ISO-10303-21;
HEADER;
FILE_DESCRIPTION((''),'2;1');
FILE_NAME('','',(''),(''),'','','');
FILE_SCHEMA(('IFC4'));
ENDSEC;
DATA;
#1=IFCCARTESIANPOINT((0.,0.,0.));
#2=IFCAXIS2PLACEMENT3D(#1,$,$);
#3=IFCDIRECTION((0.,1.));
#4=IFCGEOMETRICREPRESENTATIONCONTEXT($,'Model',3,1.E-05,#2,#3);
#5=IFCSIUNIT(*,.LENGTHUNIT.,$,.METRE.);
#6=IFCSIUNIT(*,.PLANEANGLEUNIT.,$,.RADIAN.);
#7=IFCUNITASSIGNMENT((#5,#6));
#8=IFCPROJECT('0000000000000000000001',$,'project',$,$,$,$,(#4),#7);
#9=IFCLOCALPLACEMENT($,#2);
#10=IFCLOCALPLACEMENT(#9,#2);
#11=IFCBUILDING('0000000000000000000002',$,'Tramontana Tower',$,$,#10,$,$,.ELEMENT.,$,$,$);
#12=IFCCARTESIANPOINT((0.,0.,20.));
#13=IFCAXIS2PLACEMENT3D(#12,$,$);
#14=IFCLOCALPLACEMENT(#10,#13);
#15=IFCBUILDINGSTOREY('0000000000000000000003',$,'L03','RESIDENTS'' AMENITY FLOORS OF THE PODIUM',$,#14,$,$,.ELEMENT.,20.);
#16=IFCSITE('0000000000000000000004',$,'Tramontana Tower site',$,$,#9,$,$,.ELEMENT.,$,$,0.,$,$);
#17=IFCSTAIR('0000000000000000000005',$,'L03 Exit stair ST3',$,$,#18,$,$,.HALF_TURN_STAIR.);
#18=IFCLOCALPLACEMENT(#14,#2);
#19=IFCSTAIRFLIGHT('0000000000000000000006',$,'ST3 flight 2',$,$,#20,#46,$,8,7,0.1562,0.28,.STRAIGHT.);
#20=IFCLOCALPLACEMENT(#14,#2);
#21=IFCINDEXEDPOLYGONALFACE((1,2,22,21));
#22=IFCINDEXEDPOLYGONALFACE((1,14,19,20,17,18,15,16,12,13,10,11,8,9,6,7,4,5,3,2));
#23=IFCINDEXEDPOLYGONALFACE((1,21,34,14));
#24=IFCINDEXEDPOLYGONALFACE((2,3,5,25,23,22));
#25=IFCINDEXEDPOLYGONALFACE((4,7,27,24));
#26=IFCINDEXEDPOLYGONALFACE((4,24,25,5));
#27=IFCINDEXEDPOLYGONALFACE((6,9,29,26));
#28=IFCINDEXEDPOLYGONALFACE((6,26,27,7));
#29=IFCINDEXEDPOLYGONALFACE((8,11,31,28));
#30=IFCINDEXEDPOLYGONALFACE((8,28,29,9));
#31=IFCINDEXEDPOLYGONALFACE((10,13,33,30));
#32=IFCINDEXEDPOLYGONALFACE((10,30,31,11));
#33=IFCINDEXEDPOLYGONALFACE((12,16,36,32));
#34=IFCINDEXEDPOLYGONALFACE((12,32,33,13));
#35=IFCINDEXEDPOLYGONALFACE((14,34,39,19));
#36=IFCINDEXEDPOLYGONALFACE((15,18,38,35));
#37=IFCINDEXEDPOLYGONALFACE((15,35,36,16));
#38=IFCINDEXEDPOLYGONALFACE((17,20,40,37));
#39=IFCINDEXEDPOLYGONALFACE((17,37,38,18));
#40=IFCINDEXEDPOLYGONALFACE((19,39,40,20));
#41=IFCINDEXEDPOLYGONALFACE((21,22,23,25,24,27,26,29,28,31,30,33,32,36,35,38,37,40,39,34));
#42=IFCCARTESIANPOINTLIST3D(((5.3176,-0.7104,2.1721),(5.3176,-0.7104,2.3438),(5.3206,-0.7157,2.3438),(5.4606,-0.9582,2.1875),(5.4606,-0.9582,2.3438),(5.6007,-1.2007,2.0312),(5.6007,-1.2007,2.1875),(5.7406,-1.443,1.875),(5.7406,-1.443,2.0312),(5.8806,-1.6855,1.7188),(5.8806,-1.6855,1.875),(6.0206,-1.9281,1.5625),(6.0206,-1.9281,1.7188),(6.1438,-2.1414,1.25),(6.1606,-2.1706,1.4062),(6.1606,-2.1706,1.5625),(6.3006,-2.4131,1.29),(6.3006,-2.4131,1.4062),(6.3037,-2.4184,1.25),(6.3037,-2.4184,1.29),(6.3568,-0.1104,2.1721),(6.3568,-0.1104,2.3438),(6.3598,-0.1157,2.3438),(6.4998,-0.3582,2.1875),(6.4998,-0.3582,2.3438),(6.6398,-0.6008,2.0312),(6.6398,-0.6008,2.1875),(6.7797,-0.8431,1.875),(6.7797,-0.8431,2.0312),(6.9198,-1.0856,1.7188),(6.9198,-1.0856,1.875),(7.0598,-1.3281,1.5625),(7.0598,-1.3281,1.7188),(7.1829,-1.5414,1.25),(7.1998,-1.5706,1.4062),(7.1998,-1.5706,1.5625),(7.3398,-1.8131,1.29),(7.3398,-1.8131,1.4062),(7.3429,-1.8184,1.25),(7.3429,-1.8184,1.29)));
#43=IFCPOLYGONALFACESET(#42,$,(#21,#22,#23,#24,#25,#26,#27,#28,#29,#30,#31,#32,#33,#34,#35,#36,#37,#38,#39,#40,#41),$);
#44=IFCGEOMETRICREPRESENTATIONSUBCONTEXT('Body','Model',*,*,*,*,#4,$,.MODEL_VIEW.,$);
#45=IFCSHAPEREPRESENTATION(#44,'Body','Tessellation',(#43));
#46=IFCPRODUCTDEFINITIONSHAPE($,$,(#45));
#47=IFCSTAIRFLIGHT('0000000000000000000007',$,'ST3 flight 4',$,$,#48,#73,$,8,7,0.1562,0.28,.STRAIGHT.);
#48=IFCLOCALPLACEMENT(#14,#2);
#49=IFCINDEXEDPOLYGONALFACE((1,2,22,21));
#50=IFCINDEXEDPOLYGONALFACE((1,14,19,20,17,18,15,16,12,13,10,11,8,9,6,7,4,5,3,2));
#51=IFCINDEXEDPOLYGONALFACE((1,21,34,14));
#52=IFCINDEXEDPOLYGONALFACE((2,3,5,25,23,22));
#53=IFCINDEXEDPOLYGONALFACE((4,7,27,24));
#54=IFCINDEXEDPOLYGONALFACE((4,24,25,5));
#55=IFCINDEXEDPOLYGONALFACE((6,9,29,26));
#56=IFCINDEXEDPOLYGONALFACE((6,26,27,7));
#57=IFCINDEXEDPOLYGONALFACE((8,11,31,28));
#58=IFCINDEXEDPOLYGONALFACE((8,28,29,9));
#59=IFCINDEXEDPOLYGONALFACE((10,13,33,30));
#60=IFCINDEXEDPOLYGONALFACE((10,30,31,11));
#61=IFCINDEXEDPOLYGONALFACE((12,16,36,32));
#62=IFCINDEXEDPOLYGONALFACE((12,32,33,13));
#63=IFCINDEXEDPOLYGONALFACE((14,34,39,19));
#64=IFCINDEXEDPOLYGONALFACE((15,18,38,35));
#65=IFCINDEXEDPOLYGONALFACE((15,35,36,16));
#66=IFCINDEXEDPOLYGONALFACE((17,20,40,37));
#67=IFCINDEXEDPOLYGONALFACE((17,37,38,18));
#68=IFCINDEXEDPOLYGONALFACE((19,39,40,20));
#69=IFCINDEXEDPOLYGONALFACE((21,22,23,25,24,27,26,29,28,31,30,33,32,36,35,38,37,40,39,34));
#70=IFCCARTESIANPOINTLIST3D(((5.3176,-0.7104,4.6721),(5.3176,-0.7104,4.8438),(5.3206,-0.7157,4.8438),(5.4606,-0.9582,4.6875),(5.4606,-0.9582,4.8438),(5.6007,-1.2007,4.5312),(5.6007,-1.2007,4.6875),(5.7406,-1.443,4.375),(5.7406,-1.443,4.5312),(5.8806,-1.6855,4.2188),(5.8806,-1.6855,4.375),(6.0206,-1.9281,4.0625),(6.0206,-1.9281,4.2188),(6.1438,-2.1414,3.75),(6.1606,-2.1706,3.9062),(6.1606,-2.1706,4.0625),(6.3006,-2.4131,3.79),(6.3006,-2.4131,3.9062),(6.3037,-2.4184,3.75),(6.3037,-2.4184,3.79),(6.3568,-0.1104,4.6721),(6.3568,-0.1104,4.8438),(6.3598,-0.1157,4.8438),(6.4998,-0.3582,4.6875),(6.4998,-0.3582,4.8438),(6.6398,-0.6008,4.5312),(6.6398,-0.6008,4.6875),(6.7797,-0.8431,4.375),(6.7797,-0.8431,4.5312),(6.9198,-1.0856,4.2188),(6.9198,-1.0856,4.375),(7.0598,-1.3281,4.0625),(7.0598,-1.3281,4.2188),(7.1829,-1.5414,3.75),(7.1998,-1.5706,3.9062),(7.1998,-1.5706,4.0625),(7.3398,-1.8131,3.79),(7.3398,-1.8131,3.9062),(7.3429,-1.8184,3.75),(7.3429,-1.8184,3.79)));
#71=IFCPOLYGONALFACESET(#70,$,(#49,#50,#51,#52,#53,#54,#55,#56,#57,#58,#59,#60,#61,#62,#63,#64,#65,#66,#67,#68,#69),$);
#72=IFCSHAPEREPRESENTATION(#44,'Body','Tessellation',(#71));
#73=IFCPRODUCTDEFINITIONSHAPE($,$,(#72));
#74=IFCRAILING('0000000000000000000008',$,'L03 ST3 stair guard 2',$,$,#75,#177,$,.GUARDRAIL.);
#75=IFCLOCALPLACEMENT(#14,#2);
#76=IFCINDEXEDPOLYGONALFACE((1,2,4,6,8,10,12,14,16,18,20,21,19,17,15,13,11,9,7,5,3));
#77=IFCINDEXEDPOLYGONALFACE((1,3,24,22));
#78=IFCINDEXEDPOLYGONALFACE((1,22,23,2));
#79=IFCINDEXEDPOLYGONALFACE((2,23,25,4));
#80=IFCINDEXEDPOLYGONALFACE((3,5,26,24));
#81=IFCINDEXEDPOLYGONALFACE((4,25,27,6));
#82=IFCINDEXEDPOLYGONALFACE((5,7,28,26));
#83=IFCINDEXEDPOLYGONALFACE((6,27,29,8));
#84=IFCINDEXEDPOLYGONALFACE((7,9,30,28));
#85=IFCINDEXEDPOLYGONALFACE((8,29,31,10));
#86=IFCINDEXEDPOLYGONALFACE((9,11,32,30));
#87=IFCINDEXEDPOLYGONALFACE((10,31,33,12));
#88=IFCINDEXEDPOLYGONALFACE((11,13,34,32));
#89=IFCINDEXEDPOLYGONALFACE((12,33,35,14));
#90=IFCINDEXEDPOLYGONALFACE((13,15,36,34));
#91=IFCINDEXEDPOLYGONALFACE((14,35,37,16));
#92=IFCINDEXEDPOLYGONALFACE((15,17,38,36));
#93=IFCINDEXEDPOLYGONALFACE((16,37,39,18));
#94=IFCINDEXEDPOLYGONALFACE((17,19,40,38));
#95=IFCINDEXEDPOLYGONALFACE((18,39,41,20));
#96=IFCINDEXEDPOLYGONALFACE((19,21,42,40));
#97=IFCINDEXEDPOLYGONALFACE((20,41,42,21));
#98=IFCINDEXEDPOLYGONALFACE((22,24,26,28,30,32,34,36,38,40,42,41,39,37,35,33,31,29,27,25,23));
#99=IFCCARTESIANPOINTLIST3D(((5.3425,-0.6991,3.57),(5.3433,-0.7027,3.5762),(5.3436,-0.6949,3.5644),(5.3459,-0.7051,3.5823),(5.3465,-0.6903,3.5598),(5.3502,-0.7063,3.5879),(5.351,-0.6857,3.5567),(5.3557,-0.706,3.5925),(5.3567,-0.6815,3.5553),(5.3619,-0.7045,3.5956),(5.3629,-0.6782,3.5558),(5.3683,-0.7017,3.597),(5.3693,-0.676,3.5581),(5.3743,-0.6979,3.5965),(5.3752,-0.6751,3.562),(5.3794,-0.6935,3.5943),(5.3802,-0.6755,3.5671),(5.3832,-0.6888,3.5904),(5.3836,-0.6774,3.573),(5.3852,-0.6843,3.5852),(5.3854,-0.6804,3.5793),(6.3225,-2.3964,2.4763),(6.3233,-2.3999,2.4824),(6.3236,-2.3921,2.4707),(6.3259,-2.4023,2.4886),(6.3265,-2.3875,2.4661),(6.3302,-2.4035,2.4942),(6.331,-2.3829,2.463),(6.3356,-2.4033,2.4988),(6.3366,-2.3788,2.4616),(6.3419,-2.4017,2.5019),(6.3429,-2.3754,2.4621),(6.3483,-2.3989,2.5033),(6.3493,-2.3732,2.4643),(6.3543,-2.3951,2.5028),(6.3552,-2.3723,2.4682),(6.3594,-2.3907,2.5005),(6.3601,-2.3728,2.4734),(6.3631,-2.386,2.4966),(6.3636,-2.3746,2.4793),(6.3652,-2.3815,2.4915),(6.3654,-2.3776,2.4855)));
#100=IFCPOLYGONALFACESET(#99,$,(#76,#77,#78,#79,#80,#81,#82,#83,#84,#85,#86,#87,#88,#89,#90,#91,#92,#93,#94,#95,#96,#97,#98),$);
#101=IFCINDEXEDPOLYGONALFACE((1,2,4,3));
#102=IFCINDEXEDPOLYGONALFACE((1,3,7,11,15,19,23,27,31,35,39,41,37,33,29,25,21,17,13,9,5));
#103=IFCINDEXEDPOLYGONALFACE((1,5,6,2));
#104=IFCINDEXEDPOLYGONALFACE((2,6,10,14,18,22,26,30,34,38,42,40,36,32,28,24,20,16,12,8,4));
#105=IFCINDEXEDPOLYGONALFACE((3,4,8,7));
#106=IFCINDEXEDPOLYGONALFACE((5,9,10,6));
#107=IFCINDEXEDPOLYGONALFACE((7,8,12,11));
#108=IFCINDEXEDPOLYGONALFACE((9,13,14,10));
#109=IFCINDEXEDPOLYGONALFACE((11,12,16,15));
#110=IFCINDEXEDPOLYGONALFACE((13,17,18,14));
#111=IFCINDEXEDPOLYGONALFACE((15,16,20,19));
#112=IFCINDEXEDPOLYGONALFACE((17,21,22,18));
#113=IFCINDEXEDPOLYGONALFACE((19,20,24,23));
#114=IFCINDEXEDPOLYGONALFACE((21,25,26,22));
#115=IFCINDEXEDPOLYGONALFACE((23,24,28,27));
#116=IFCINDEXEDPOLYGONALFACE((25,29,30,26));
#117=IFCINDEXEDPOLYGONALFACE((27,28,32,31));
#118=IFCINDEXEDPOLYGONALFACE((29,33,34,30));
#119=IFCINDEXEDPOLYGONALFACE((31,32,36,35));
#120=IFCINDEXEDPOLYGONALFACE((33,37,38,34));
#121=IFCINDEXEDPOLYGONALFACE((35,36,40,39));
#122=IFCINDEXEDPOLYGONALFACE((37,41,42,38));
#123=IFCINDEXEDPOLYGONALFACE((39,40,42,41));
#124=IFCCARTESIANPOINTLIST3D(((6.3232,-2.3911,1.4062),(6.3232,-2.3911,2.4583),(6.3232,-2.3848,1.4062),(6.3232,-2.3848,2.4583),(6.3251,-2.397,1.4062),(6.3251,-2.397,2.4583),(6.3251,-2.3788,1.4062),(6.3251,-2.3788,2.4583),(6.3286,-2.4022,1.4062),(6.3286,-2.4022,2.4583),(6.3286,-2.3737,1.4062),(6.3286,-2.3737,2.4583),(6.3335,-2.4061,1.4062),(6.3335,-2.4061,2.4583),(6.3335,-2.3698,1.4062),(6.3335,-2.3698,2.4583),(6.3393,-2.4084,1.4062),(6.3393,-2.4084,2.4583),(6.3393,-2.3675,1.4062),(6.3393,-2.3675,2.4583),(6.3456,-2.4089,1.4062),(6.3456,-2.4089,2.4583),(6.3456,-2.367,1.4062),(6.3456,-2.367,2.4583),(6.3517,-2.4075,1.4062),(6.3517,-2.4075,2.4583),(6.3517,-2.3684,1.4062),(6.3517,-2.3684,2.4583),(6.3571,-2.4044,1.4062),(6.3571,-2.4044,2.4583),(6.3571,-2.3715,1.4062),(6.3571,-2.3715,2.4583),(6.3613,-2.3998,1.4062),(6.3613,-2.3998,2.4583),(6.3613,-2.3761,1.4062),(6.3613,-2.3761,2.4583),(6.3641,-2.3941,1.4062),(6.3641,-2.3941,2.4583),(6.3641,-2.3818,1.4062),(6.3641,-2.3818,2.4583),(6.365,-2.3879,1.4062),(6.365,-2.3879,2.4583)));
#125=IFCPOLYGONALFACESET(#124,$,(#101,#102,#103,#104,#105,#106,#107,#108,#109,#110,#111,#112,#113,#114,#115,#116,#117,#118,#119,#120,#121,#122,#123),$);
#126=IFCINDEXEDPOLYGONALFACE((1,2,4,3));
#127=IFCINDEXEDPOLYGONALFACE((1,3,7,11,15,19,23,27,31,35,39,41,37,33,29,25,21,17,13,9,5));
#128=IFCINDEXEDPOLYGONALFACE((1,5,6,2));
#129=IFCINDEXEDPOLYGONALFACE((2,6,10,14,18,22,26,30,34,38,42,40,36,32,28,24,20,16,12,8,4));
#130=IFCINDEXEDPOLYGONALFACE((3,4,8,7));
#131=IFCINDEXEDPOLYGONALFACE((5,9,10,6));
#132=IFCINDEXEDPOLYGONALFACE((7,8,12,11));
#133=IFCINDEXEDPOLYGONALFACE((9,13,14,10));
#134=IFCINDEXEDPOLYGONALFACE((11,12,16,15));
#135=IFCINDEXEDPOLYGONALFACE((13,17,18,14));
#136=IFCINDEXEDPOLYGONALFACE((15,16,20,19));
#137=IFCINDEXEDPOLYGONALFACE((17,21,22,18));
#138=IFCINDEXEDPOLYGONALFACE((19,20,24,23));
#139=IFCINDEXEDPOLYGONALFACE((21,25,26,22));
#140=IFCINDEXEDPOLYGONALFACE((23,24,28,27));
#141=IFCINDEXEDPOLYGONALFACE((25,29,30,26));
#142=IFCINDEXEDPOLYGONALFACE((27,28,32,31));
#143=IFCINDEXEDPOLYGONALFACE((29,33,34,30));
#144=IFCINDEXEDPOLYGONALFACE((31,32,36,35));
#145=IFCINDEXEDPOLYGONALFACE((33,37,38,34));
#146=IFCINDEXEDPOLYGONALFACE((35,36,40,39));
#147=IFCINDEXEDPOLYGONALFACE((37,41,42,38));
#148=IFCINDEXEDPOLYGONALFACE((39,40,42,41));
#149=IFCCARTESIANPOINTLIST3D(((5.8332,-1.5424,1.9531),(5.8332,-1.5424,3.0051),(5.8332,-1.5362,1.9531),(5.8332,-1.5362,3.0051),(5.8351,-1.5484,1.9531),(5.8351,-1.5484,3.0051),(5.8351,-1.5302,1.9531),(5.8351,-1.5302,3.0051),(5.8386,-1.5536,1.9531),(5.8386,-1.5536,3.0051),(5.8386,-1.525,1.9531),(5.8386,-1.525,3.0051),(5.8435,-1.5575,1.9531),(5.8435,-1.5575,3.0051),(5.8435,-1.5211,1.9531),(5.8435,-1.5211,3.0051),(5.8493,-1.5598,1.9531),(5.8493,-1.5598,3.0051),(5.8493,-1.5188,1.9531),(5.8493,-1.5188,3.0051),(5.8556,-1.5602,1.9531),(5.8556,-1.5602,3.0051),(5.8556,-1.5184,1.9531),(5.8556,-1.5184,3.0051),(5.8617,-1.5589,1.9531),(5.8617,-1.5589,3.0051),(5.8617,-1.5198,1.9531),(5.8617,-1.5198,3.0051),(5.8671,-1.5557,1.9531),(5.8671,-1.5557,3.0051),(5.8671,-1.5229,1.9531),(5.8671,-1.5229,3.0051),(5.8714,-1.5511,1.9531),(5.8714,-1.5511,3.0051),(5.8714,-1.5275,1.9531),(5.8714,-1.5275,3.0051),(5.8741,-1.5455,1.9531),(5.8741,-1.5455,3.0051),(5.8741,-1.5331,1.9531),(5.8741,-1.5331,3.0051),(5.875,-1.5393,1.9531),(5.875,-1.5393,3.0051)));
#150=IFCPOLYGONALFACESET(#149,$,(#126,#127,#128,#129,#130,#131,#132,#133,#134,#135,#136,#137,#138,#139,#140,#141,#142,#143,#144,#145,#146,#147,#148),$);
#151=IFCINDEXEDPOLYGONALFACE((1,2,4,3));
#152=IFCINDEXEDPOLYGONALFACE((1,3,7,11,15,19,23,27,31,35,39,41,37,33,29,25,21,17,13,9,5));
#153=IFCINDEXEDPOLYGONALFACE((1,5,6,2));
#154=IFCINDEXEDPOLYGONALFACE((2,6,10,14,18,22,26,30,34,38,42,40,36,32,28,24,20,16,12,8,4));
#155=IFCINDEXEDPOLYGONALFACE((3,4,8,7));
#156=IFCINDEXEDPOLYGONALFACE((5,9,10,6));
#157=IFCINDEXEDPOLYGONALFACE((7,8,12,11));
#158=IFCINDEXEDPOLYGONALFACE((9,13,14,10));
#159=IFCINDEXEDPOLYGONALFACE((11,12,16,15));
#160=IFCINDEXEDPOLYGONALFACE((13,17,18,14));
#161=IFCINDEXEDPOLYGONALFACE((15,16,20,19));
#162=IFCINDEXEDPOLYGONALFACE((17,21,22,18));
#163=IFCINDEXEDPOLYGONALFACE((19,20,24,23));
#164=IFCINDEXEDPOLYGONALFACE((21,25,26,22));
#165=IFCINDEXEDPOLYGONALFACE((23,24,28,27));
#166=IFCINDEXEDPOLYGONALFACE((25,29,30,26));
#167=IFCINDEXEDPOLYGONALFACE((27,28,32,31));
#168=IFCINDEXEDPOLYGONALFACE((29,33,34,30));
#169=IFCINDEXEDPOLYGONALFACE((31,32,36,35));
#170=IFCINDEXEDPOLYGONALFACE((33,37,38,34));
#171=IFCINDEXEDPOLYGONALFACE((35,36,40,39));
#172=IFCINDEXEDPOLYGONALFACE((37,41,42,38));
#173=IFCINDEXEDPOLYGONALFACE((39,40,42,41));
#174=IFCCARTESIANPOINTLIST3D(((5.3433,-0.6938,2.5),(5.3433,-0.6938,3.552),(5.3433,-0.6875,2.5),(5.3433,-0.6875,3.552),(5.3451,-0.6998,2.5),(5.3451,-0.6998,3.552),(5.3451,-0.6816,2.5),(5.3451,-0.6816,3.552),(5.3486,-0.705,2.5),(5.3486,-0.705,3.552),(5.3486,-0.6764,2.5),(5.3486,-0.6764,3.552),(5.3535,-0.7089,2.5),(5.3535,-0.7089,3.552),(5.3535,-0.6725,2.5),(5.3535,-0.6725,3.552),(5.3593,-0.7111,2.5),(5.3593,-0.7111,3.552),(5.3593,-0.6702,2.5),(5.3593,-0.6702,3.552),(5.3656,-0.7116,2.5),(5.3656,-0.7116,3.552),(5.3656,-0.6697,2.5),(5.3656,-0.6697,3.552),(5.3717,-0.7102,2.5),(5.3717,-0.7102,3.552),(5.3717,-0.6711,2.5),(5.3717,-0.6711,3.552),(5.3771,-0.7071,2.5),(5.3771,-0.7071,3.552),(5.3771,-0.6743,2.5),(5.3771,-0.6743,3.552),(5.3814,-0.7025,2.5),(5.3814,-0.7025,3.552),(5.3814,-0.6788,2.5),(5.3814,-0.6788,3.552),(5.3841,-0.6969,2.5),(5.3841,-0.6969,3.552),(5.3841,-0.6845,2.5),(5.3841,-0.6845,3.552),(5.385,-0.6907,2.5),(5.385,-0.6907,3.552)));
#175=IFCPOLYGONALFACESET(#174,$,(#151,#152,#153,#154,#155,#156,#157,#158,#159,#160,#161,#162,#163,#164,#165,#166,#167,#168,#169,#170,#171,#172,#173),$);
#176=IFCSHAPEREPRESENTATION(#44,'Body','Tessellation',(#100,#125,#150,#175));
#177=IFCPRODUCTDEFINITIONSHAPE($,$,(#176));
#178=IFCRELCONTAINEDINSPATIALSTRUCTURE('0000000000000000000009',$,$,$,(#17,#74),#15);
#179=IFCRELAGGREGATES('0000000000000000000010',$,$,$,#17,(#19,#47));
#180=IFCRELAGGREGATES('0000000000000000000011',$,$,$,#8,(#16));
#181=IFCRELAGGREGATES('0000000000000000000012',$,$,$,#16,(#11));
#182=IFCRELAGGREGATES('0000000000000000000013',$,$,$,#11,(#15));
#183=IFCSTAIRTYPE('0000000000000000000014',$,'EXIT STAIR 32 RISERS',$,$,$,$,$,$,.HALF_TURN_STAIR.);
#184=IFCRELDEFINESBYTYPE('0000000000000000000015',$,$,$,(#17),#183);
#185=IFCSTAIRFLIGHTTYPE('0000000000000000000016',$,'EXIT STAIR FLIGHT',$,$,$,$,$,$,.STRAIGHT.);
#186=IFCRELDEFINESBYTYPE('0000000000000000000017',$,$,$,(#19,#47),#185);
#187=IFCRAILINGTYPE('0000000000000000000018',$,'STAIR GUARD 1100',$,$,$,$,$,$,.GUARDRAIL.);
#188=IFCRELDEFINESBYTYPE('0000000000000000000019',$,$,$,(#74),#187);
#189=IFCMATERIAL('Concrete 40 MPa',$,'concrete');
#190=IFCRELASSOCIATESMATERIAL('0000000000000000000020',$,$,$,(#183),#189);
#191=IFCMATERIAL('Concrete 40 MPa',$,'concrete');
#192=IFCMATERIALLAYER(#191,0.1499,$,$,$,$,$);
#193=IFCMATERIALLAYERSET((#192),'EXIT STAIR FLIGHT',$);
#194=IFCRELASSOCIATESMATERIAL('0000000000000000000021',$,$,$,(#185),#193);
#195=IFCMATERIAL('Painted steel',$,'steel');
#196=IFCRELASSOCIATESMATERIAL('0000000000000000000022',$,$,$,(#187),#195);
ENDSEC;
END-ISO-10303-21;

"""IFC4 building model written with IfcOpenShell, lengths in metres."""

from ifc_helpers import new_model, si_unit, direction, frame, origin, origin_2d, place, context, subcontext, project, spatial, polyline, circle, outline, extrude, material, layer, layer_set, type_object, element, aggregate, save


model = new_model("IFC4")

# Units and contexts
model_context = context("Model", 3, precision=1e-05, world=origin(), true_north=direction((0.0, 1.0)))
body_context = subcontext(model_context, "Body", "Model", "MODEL_VIEW")
ifc_project = project(units=[si_unit("LENGTHUNIT", "METRE"), si_unit("PLANEANGLEUNIT", "RADIAN")], contexts=[model_context])

# Site, building, storey
site_placement = place(None, origin())
site = spatial("IfcSite", under=ifc_project, at=site_placement, Name="Tramontana Tower site", CompositionType="ELEMENT", RefElevation=0.0)
building_placement = place(site_placement, origin())
building = spatial("IfcBuilding", under=site, at=building_placement, Name="Tramontana Tower", CompositionType="ELEMENT")
storey_placement = place(building_placement, frame((0.0, 0.0, 20.0)))
storey = spatial("IfcBuildingStorey", under=building, at=storey_placement, Name="L03", Description="RESIDENTS' AMENITY FLOORS OF THE PODIUM", CompositionType="ELEMENT", Elevation=20.0)

# Stair, stair flights
ifc_material_1 = material(Name="Concrete 40 MPa", Category="concrete")
stair_type = type_object("IfcStairType", Name="EXIT STAIR 32 RISERS", PredefinedType="HALF_TURN_STAIR", material=ifc_material_1)
stair_placement = place(storey_placement, origin())
stair = element("IfcStair", 1, at=stair_placement, inside=storey, type_object=stair_type, Name="L03 Exit stair ST3", PredefinedType="HALF_TURN_STAIR")
ifc_material_2 = material(Name="Concrete 40 MPa", Category="concrete")
ifc_layer_1 = layer(ifc_material_2, 0.1499)
ifc_layer_set_1 = layer_set([ifc_layer_1], Name="EXIT STAIR FLIGHT")
stair_flight_type = type_object("IfcStairFlightType", Name="EXIT STAIR FLIGHT", PredefinedType="STRAIGHT", material=ifc_layer_set_1)
stair_flight_1_placement = place(storey_placement, frame((6.8203, -2.113, 1.25), z_axis=(0.0, 0.0, 1.0), x_axis=(-0.5, 0.866025, 0.0)))
stair_flight_1 = element("IfcStairFlight", 2, at=stair_flight_1_placement, type_object=stair_flight_type, Name="ST3 flight 2", NumberOfRisers=8, NumberOfTreads=7, PredefinedType="STRAIGHT", RiserHeight=0.1562, TreadLength=0.28, context=body_context, shape_type="SweptSolid", body=[
    extrude(outline(polyline([(-0.0061, 0.0), (-0.0061, 0.04), (0.0, 0.04), (0.0, 0.1562), (0.28, 0.1562), (0.28, 0.3125), (0.5601, 0.3125), (0.5601, 0.4688), (0.8401, 0.4688), (0.8401, 0.625), (1.1201, 0.625), (1.1201, 0.7812), (1.3999, 0.7812), (1.3999, 0.9375), (1.6799, 0.9375), (1.6799, 1.0938), (1.96, 1.0938), (1.9661, 1.0938), (1.9661, 0.9221), (0.3137, 0.0), (-0.0061, 0.0)])), frame((0.0, 0.6001, 0.0), z_axis=(0.0, -1.0, 0.0), x_axis=(1.0, 0.0, 0.0)), (0.0, 0.0, 1.0), 1.2),
])
stair_flight_2_placement = place(storey_placement, frame((6.8203, -2.113, 3.75), z_axis=(0.0, 0.0, 1.0), x_axis=(-0.5, 0.866025, 0.0)))
stair_flight_2 = element("IfcStairFlight", 3, at=stair_flight_2_placement, type_object=stair_flight_type, Name="ST3 flight 4", NumberOfRisers=8, NumberOfTreads=7, PredefinedType="STRAIGHT", RiserHeight=0.1562, TreadLength=0.28, context=body_context, shape_type="SweptSolid", body=[
    extrude(outline(polyline([(-0.0061, 0.0), (-0.0061, 0.04), (0.0, 0.04), (0.0, 0.1562), (0.28, 0.1562), (0.28, 0.3125), (0.5601, 0.3125), (0.5601, 0.4688), (0.8401, 0.4688), (0.8401, 0.625), (1.1201, 0.625), (1.1201, 0.7812), (1.3999, 0.7812), (1.3999, 0.9375), (1.6799, 0.9375), (1.6799, 1.0938), (1.96, 1.0938), (1.9661, 1.0938), (1.9661, 0.9221), (0.3137, 0.0), (-0.0061, 0.0)])), frame((0.0, 0.6001, 0.0), z_axis=(0.0, -1.0, 0.0), x_axis=(1.0, 0.0, 0.0)), (0.0, 0.0, 1.0), 1.2),
])
aggregate(stair, [stair_flight_1, stair_flight_2])

# Railing
ifc_material_3 = material(Name="Painted steel", Category="steel")
railing_type_1 = type_object("IfcRailingType", Name="STAIR GUARD 1100", PredefinedType="GUARDRAIL", material=ifc_material_3)
for number, where, name in (
    (4, (6.344, -2.3879, 1.4062), "L03 ST3 stair guard 2"),
):
    element("IfcRailing", number, at=place(storey_placement, frame(where)), inside=storey, type_object=railing_type_1, Name=name, PredefinedType="GUARDRAIL", context=body_context, shape_type="SweptSolid", body=[
        extrude(circle(Radius=0.0239, at=origin_2d()), frame((0.0, 0.0, 1.0762), z_axis=(-0.436632, 0.75622, 0.487323), x_axis=(-0.866011, -0.500024, 0.0)), (0.0, 0.0, 1.0), 2.2444),
        extrude(circle(Radius=0.021, at=origin_2d()), origin(), (0.0, 0.0, 1.0), 1.052),
        extrude(circle(Radius=0.021, at=origin_2d()), frame((-0.49, 0.8486, 0.5469)), (0.0, 0.0, 1.0), 1.052),
        extrude(circle(Radius=0.021, at=origin_2d()), frame((-0.98, 1.6973, 1.0938)), (0.0, 0.0, 1.0), 1.052),
    ])

save(model, "model.ifc")
